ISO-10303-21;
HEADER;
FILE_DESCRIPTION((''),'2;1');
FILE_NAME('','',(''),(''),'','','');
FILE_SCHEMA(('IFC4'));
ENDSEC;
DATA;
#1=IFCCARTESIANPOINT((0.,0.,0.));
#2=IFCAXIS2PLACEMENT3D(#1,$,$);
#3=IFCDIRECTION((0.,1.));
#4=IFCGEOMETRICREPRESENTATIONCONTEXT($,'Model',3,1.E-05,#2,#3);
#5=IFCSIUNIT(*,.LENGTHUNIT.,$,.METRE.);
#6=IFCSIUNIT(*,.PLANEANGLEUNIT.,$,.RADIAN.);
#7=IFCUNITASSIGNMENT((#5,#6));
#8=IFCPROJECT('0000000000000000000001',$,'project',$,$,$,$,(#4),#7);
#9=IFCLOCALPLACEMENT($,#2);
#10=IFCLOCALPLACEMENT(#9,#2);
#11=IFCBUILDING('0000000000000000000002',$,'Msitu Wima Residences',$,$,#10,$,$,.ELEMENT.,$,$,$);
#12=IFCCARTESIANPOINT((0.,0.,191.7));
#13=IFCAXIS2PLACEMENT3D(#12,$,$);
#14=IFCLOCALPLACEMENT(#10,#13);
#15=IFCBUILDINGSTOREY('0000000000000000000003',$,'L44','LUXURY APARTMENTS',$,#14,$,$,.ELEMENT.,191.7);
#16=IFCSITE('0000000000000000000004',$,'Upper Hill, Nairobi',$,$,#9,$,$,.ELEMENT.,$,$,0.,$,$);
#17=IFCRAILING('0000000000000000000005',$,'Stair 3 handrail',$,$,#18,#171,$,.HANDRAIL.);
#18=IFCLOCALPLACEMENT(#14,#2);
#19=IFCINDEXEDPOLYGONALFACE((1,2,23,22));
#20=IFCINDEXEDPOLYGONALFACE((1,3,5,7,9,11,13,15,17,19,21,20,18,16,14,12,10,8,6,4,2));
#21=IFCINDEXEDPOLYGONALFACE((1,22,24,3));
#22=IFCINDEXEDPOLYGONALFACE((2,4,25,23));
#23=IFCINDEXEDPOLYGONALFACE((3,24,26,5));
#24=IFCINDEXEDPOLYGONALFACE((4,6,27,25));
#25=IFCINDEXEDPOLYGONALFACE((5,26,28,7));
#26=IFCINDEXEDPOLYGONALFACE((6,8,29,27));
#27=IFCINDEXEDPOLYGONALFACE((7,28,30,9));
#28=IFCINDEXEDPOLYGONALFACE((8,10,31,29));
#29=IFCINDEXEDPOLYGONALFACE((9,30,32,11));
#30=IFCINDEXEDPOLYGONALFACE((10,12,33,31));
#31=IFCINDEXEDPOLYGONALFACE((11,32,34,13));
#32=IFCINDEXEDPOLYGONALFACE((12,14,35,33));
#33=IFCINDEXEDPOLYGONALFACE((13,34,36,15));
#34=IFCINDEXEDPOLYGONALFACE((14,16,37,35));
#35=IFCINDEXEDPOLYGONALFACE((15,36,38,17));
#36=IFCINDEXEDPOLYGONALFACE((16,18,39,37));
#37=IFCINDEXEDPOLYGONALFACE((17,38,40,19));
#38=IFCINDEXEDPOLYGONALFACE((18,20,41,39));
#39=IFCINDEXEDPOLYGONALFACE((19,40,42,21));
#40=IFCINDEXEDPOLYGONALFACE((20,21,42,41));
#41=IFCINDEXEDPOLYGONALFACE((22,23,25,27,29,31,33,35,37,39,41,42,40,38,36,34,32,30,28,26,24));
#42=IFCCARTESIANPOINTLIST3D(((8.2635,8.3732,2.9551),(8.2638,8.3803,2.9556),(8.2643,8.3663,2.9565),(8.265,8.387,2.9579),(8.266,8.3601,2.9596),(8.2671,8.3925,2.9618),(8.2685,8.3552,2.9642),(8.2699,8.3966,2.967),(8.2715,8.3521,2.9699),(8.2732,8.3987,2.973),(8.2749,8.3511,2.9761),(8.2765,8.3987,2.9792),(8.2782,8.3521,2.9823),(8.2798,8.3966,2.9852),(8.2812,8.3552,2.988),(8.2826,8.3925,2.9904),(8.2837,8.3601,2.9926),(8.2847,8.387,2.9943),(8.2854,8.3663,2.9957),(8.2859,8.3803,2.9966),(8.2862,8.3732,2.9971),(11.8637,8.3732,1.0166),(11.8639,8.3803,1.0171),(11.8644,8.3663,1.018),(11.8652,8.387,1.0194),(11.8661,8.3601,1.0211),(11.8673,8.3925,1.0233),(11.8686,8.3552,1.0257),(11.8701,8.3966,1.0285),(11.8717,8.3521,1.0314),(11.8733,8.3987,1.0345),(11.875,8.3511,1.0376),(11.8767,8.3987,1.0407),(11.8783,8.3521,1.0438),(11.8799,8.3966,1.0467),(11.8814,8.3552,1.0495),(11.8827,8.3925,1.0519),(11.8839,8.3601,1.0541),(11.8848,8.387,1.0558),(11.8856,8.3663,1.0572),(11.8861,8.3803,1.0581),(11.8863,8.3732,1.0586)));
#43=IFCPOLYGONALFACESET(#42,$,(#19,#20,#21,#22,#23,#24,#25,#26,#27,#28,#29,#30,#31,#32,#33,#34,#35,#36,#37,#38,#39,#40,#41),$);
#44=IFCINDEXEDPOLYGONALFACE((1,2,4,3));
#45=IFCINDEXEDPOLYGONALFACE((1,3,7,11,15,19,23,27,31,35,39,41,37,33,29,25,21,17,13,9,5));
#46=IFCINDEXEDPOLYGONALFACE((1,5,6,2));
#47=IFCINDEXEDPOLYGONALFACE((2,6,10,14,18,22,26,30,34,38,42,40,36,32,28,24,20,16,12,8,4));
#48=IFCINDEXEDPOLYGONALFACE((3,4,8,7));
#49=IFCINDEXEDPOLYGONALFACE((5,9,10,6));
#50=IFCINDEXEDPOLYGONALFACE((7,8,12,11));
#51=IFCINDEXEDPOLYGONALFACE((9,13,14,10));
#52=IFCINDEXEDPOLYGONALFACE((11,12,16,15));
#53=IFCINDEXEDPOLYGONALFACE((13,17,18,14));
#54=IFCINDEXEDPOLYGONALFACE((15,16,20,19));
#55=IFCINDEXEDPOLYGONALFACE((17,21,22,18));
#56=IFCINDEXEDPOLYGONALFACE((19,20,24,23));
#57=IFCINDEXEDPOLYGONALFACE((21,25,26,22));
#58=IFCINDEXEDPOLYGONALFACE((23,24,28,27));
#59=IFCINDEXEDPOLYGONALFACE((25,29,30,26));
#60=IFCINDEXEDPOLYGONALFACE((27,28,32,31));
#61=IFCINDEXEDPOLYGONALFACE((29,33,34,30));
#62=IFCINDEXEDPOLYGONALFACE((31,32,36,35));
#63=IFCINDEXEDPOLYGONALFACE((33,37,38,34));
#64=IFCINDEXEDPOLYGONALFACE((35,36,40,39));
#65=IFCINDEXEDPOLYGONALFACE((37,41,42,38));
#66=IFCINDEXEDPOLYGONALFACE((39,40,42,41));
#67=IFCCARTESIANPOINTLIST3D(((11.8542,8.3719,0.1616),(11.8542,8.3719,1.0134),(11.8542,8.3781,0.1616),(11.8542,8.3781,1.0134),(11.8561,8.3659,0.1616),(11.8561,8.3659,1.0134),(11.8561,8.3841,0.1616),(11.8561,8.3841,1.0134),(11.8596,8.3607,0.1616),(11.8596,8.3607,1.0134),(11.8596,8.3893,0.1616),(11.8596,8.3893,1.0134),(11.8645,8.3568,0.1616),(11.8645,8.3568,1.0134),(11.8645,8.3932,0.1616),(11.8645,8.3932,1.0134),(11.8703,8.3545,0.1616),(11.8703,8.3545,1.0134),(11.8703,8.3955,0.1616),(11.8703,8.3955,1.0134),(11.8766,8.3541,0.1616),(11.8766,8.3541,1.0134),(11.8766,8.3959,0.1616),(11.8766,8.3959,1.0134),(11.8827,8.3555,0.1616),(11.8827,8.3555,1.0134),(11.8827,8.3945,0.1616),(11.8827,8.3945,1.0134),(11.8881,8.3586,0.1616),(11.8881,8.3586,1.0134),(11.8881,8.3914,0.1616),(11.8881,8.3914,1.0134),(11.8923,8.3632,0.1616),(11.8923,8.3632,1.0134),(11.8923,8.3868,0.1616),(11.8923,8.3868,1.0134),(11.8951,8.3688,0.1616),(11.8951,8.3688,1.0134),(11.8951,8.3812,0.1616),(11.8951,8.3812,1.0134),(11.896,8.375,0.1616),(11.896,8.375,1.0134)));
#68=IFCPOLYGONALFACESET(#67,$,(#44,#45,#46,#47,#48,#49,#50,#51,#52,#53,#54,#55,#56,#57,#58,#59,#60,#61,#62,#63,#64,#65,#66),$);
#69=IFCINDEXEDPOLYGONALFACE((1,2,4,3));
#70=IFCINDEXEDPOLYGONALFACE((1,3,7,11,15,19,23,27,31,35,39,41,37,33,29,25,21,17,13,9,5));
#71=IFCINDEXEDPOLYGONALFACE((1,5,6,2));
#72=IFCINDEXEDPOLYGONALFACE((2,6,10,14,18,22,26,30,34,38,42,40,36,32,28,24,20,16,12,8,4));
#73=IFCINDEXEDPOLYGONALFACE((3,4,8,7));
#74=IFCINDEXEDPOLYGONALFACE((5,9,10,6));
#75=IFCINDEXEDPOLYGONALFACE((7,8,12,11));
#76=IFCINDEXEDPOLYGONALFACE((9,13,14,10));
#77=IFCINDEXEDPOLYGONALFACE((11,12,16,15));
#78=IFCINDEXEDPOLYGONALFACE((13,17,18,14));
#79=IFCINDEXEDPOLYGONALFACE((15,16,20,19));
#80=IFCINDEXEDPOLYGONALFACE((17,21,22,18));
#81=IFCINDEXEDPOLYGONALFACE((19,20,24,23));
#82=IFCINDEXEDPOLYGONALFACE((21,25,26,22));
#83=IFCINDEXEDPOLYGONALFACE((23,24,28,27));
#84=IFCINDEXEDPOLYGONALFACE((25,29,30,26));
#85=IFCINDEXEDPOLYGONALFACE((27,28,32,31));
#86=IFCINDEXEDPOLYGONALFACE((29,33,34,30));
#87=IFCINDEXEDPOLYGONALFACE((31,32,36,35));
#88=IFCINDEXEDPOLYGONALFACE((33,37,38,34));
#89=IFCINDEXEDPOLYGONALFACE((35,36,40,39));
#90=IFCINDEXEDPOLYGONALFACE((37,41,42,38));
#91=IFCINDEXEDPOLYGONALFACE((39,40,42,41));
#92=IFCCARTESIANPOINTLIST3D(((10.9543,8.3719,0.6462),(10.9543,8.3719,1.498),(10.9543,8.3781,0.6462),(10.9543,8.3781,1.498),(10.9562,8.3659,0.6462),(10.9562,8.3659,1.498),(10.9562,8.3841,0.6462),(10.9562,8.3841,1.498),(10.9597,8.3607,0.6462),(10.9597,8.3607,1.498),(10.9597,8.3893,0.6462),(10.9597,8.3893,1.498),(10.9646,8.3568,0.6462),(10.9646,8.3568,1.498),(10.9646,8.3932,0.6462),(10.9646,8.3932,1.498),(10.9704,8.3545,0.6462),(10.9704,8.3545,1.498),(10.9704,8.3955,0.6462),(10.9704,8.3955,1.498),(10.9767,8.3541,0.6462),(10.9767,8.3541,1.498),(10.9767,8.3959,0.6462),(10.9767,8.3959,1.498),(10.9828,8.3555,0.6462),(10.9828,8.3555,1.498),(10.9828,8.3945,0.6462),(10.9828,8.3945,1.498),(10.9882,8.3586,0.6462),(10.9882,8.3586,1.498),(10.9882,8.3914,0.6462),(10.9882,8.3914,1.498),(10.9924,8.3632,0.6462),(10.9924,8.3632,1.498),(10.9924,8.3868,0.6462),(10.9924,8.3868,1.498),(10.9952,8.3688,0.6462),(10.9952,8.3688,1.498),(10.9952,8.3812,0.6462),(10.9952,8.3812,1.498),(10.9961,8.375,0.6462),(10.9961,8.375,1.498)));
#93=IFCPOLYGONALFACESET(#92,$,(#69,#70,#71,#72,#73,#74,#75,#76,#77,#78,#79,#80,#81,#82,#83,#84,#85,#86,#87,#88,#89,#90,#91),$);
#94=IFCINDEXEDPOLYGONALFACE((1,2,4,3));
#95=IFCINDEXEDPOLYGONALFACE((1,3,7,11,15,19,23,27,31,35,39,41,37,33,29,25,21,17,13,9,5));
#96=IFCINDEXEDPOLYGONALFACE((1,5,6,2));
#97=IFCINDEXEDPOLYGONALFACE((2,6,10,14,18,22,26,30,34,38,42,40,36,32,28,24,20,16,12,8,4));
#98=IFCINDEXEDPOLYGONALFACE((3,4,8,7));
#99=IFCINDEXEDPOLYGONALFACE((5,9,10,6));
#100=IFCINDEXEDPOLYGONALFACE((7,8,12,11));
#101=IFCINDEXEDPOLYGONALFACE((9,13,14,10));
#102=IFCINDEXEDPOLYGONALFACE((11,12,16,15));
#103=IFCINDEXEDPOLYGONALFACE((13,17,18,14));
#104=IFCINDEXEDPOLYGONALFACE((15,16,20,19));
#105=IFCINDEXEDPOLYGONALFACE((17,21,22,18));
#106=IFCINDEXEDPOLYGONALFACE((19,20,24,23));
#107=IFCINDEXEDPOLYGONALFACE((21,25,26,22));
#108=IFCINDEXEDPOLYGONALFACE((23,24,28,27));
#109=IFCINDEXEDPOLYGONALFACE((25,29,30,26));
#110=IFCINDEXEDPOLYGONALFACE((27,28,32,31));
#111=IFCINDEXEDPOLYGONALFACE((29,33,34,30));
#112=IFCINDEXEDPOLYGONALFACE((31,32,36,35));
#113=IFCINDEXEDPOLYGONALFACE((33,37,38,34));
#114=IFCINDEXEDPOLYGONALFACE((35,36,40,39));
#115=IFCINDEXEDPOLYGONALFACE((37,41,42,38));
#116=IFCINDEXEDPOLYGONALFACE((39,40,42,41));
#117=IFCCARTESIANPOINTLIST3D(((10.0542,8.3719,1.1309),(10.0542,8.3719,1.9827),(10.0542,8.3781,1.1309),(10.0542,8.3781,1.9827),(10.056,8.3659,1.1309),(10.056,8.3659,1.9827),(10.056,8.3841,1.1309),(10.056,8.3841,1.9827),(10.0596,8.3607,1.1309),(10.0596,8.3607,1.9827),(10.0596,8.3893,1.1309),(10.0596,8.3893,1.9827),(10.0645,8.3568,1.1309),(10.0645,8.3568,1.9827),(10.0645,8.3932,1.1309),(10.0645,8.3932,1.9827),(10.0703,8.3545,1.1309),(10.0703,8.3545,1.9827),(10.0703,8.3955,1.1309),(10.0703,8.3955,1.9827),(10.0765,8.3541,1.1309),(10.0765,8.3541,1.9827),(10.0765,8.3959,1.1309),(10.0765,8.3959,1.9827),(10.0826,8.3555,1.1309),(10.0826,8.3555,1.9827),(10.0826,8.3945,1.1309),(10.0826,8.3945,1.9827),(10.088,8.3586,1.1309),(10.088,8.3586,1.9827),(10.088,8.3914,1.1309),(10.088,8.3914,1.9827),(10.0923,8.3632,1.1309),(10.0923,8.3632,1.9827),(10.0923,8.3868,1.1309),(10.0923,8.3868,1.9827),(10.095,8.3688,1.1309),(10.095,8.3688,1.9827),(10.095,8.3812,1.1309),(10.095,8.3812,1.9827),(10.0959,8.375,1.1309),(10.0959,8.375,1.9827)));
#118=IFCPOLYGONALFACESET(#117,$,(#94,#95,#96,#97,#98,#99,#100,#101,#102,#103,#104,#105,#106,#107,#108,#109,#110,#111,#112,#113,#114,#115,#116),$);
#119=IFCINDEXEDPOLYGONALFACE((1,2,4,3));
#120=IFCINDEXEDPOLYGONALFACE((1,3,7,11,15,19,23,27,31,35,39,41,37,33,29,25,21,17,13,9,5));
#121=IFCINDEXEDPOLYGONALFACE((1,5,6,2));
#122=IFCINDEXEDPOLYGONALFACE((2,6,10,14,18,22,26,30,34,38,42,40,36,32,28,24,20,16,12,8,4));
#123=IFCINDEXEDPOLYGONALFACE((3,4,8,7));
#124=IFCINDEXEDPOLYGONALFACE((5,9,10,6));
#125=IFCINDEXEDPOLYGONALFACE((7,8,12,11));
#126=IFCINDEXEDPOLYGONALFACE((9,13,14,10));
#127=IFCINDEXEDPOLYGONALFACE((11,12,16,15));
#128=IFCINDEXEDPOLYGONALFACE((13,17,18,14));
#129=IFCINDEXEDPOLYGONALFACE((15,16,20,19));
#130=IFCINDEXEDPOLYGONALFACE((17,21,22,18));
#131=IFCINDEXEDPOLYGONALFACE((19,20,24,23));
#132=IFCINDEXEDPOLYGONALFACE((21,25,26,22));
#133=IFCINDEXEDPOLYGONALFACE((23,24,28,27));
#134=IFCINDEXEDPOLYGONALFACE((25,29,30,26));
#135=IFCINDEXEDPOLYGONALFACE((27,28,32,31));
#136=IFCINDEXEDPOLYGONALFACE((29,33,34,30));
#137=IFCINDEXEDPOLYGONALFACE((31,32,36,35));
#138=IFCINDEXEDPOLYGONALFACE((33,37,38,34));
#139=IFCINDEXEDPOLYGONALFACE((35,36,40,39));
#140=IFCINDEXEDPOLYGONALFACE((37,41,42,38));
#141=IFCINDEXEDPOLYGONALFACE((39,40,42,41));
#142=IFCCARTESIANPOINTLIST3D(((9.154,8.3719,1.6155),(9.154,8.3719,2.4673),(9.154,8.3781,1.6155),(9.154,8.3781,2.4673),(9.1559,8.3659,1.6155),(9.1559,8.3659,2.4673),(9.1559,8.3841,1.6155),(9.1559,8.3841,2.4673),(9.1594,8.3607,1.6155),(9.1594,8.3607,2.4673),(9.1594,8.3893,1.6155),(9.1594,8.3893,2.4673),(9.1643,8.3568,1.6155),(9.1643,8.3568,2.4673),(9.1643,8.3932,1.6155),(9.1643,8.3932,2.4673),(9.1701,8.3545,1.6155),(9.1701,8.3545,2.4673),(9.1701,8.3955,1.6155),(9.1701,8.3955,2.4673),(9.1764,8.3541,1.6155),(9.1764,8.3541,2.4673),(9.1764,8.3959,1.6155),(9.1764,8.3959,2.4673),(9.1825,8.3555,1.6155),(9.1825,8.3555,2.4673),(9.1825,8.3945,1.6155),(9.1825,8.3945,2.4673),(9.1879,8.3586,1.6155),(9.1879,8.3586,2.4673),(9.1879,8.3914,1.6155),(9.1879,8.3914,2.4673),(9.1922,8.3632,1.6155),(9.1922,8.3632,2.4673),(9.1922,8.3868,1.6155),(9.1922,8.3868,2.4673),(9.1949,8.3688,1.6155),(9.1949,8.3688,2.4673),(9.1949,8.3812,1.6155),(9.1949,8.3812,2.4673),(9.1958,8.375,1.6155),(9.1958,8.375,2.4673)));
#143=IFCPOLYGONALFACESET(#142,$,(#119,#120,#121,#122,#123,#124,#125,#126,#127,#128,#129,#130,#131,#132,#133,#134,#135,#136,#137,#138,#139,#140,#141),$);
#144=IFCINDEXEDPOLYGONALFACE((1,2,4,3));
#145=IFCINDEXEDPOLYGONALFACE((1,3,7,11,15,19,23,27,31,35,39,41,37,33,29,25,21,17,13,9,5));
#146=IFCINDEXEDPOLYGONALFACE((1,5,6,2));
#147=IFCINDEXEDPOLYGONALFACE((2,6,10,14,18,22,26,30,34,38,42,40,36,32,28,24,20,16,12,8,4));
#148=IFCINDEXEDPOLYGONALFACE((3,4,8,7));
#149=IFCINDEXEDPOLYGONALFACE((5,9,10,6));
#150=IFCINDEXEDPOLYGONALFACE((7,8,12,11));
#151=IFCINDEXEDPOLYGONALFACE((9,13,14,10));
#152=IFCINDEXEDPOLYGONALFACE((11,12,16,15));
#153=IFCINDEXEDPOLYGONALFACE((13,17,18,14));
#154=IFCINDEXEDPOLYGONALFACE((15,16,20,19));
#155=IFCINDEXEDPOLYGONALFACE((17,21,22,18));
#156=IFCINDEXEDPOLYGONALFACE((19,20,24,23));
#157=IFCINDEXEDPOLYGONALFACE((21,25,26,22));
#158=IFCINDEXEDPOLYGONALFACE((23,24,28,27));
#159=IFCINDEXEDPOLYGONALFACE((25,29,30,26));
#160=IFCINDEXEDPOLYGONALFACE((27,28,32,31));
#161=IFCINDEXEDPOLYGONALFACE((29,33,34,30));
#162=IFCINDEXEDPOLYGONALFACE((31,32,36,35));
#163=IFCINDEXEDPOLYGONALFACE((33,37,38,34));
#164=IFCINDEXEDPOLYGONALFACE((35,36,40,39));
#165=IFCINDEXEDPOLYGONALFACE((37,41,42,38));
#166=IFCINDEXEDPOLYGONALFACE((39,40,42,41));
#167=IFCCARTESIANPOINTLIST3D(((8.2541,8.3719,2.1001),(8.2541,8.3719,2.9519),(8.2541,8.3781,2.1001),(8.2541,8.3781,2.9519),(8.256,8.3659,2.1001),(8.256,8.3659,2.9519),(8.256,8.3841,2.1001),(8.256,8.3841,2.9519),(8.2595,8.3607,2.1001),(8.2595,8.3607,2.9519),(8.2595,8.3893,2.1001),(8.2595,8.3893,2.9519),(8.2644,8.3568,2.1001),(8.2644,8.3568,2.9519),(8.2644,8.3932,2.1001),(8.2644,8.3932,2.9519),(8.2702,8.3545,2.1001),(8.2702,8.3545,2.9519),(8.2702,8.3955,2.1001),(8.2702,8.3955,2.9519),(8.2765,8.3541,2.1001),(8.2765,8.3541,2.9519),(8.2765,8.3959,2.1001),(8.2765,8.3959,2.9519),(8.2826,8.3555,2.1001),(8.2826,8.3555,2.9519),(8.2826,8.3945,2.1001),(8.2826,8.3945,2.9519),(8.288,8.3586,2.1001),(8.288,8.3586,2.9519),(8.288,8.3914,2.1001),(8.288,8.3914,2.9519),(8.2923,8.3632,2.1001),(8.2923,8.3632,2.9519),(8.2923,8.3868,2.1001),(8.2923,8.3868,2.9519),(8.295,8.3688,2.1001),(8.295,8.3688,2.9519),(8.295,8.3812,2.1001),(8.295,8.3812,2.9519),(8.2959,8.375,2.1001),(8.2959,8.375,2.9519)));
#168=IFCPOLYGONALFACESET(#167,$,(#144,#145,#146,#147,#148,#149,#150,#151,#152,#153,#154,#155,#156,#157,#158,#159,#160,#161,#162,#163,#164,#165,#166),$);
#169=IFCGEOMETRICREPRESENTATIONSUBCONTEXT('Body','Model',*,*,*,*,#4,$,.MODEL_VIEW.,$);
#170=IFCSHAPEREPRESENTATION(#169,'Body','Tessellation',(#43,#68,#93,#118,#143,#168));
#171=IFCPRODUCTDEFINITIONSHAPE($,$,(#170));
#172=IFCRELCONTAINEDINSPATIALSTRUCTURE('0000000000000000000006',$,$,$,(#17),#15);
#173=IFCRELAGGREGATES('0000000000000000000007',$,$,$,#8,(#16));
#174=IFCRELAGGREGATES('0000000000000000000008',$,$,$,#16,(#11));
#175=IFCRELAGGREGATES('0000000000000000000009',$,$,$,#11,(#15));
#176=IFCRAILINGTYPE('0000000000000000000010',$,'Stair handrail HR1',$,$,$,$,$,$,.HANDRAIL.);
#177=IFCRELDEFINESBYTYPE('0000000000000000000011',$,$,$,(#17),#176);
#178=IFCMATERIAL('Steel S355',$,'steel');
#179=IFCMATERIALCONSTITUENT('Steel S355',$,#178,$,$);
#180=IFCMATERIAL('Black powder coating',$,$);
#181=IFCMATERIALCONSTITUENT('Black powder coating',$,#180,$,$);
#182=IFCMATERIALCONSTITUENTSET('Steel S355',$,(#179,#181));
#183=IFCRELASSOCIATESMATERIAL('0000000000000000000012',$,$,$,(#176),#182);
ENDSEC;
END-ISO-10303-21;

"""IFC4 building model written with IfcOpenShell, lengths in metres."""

from ifc_helpers import new_model, si_unit, direction, frame, origin, origin_2d, place, context, subcontext, project, spatial, circle, extrude, material, constituent, constituent_set, type_object, element, save


model = new_model("IFC4")

# Units and contexts
model_context = context("Model", 3, precision=1e-05, world=origin(), true_north=direction((0.0, 1.0)))
body_context = subcontext(model_context, "Body", "Model", "MODEL_VIEW")
ifc_project = project(units=[si_unit("LENGTHUNIT", "METRE"), si_unit("PLANEANGLEUNIT", "RADIAN")], contexts=[model_context])

# Site, building, storey
site_placement = place(None, origin())
site = spatial("IfcSite", under=ifc_project, at=site_placement, Name="Upper Hill, Nairobi", CompositionType="ELEMENT", RefElevation=0.0)
building_placement = place(site_placement, origin())
building = spatial("IfcBuilding", under=site, at=building_placement, Name="Msitu Wima Residences", CompositionType="ELEMENT")
storey_placement = place(building_placement, frame((0.0, 0.0, 191.7)))
storey = spatial("IfcBuildingStorey", under=building, at=storey_placement, Name="L44", Description="LUXURY APARTMENTS", CompositionType="ELEMENT", Elevation=191.7)

# Railing
ifc_material_1 = material(Name="Steel S355", Category="steel")
ifc_constituent_1 = constituent(ifc_material_1, Name="Steel S355")
ifc_material_2 = material(Name="Black powder coating")
ifc_constituent_2 = constituent(ifc_material_2, Name="Black powder coating")
ifc_constituent_set = constituent_set(constituents=[ifc_constituent_1, ifc_constituent_2], Name="Steel S355")
railing_type = type_object("IfcRailingType", Name="Stair handrail HR1", PredefinedType="HANDRAIL", material=ifc_constituent_set)
for number, where, name in (
    (1, (11.875, 8.375, 0.1616), "Stair 3 handrail"),
):
    element("IfcRailing", number, at=place(storey_placement, frame(where)), inside=storey, type_object=railing_type, Name=name, PredefinedType="HANDRAIL", context=body_context, shape_type="SweptSolid", body=[
        extrude(circle(Radius=0.0239, at=origin_2d()), frame((0.0, 0.0, 0.876), z_axis=(-0.880475, 0.0, 0.474093), x_axis=(0.0, -1.0, 0.0)), (0.0, 0.0, 1.0), 4.0889),
        extrude(circle(Radius=0.021, at=origin_2d()), origin(), (0.0, 0.0, 1.0), 0.8518),
        extrude(circle(Radius=0.021, at=origin_2d()), frame((-0.8999, 0.0, 0.4846)), (0.0, 0.0, 1.0), 0.8518),
        extrude(circle(Radius=0.021, at=origin_2d()), frame((-1.8, 0.0, 0.9692)), (0.0, 0.0, 1.0), 0.8518),
        extrude(circle(Radius=0.021, at=origin_2d()), frame((-2.7002, 0.0, 1.4539)), (0.0, 0.0, 1.0), 0.8518),
        extrude(circle(Radius=0.021, at=origin_2d()), frame((-3.6001, 0.0, 1.9385)), (0.0, 0.0, 1.0), 0.8518),
    ])

save(model, "model.ifc")
